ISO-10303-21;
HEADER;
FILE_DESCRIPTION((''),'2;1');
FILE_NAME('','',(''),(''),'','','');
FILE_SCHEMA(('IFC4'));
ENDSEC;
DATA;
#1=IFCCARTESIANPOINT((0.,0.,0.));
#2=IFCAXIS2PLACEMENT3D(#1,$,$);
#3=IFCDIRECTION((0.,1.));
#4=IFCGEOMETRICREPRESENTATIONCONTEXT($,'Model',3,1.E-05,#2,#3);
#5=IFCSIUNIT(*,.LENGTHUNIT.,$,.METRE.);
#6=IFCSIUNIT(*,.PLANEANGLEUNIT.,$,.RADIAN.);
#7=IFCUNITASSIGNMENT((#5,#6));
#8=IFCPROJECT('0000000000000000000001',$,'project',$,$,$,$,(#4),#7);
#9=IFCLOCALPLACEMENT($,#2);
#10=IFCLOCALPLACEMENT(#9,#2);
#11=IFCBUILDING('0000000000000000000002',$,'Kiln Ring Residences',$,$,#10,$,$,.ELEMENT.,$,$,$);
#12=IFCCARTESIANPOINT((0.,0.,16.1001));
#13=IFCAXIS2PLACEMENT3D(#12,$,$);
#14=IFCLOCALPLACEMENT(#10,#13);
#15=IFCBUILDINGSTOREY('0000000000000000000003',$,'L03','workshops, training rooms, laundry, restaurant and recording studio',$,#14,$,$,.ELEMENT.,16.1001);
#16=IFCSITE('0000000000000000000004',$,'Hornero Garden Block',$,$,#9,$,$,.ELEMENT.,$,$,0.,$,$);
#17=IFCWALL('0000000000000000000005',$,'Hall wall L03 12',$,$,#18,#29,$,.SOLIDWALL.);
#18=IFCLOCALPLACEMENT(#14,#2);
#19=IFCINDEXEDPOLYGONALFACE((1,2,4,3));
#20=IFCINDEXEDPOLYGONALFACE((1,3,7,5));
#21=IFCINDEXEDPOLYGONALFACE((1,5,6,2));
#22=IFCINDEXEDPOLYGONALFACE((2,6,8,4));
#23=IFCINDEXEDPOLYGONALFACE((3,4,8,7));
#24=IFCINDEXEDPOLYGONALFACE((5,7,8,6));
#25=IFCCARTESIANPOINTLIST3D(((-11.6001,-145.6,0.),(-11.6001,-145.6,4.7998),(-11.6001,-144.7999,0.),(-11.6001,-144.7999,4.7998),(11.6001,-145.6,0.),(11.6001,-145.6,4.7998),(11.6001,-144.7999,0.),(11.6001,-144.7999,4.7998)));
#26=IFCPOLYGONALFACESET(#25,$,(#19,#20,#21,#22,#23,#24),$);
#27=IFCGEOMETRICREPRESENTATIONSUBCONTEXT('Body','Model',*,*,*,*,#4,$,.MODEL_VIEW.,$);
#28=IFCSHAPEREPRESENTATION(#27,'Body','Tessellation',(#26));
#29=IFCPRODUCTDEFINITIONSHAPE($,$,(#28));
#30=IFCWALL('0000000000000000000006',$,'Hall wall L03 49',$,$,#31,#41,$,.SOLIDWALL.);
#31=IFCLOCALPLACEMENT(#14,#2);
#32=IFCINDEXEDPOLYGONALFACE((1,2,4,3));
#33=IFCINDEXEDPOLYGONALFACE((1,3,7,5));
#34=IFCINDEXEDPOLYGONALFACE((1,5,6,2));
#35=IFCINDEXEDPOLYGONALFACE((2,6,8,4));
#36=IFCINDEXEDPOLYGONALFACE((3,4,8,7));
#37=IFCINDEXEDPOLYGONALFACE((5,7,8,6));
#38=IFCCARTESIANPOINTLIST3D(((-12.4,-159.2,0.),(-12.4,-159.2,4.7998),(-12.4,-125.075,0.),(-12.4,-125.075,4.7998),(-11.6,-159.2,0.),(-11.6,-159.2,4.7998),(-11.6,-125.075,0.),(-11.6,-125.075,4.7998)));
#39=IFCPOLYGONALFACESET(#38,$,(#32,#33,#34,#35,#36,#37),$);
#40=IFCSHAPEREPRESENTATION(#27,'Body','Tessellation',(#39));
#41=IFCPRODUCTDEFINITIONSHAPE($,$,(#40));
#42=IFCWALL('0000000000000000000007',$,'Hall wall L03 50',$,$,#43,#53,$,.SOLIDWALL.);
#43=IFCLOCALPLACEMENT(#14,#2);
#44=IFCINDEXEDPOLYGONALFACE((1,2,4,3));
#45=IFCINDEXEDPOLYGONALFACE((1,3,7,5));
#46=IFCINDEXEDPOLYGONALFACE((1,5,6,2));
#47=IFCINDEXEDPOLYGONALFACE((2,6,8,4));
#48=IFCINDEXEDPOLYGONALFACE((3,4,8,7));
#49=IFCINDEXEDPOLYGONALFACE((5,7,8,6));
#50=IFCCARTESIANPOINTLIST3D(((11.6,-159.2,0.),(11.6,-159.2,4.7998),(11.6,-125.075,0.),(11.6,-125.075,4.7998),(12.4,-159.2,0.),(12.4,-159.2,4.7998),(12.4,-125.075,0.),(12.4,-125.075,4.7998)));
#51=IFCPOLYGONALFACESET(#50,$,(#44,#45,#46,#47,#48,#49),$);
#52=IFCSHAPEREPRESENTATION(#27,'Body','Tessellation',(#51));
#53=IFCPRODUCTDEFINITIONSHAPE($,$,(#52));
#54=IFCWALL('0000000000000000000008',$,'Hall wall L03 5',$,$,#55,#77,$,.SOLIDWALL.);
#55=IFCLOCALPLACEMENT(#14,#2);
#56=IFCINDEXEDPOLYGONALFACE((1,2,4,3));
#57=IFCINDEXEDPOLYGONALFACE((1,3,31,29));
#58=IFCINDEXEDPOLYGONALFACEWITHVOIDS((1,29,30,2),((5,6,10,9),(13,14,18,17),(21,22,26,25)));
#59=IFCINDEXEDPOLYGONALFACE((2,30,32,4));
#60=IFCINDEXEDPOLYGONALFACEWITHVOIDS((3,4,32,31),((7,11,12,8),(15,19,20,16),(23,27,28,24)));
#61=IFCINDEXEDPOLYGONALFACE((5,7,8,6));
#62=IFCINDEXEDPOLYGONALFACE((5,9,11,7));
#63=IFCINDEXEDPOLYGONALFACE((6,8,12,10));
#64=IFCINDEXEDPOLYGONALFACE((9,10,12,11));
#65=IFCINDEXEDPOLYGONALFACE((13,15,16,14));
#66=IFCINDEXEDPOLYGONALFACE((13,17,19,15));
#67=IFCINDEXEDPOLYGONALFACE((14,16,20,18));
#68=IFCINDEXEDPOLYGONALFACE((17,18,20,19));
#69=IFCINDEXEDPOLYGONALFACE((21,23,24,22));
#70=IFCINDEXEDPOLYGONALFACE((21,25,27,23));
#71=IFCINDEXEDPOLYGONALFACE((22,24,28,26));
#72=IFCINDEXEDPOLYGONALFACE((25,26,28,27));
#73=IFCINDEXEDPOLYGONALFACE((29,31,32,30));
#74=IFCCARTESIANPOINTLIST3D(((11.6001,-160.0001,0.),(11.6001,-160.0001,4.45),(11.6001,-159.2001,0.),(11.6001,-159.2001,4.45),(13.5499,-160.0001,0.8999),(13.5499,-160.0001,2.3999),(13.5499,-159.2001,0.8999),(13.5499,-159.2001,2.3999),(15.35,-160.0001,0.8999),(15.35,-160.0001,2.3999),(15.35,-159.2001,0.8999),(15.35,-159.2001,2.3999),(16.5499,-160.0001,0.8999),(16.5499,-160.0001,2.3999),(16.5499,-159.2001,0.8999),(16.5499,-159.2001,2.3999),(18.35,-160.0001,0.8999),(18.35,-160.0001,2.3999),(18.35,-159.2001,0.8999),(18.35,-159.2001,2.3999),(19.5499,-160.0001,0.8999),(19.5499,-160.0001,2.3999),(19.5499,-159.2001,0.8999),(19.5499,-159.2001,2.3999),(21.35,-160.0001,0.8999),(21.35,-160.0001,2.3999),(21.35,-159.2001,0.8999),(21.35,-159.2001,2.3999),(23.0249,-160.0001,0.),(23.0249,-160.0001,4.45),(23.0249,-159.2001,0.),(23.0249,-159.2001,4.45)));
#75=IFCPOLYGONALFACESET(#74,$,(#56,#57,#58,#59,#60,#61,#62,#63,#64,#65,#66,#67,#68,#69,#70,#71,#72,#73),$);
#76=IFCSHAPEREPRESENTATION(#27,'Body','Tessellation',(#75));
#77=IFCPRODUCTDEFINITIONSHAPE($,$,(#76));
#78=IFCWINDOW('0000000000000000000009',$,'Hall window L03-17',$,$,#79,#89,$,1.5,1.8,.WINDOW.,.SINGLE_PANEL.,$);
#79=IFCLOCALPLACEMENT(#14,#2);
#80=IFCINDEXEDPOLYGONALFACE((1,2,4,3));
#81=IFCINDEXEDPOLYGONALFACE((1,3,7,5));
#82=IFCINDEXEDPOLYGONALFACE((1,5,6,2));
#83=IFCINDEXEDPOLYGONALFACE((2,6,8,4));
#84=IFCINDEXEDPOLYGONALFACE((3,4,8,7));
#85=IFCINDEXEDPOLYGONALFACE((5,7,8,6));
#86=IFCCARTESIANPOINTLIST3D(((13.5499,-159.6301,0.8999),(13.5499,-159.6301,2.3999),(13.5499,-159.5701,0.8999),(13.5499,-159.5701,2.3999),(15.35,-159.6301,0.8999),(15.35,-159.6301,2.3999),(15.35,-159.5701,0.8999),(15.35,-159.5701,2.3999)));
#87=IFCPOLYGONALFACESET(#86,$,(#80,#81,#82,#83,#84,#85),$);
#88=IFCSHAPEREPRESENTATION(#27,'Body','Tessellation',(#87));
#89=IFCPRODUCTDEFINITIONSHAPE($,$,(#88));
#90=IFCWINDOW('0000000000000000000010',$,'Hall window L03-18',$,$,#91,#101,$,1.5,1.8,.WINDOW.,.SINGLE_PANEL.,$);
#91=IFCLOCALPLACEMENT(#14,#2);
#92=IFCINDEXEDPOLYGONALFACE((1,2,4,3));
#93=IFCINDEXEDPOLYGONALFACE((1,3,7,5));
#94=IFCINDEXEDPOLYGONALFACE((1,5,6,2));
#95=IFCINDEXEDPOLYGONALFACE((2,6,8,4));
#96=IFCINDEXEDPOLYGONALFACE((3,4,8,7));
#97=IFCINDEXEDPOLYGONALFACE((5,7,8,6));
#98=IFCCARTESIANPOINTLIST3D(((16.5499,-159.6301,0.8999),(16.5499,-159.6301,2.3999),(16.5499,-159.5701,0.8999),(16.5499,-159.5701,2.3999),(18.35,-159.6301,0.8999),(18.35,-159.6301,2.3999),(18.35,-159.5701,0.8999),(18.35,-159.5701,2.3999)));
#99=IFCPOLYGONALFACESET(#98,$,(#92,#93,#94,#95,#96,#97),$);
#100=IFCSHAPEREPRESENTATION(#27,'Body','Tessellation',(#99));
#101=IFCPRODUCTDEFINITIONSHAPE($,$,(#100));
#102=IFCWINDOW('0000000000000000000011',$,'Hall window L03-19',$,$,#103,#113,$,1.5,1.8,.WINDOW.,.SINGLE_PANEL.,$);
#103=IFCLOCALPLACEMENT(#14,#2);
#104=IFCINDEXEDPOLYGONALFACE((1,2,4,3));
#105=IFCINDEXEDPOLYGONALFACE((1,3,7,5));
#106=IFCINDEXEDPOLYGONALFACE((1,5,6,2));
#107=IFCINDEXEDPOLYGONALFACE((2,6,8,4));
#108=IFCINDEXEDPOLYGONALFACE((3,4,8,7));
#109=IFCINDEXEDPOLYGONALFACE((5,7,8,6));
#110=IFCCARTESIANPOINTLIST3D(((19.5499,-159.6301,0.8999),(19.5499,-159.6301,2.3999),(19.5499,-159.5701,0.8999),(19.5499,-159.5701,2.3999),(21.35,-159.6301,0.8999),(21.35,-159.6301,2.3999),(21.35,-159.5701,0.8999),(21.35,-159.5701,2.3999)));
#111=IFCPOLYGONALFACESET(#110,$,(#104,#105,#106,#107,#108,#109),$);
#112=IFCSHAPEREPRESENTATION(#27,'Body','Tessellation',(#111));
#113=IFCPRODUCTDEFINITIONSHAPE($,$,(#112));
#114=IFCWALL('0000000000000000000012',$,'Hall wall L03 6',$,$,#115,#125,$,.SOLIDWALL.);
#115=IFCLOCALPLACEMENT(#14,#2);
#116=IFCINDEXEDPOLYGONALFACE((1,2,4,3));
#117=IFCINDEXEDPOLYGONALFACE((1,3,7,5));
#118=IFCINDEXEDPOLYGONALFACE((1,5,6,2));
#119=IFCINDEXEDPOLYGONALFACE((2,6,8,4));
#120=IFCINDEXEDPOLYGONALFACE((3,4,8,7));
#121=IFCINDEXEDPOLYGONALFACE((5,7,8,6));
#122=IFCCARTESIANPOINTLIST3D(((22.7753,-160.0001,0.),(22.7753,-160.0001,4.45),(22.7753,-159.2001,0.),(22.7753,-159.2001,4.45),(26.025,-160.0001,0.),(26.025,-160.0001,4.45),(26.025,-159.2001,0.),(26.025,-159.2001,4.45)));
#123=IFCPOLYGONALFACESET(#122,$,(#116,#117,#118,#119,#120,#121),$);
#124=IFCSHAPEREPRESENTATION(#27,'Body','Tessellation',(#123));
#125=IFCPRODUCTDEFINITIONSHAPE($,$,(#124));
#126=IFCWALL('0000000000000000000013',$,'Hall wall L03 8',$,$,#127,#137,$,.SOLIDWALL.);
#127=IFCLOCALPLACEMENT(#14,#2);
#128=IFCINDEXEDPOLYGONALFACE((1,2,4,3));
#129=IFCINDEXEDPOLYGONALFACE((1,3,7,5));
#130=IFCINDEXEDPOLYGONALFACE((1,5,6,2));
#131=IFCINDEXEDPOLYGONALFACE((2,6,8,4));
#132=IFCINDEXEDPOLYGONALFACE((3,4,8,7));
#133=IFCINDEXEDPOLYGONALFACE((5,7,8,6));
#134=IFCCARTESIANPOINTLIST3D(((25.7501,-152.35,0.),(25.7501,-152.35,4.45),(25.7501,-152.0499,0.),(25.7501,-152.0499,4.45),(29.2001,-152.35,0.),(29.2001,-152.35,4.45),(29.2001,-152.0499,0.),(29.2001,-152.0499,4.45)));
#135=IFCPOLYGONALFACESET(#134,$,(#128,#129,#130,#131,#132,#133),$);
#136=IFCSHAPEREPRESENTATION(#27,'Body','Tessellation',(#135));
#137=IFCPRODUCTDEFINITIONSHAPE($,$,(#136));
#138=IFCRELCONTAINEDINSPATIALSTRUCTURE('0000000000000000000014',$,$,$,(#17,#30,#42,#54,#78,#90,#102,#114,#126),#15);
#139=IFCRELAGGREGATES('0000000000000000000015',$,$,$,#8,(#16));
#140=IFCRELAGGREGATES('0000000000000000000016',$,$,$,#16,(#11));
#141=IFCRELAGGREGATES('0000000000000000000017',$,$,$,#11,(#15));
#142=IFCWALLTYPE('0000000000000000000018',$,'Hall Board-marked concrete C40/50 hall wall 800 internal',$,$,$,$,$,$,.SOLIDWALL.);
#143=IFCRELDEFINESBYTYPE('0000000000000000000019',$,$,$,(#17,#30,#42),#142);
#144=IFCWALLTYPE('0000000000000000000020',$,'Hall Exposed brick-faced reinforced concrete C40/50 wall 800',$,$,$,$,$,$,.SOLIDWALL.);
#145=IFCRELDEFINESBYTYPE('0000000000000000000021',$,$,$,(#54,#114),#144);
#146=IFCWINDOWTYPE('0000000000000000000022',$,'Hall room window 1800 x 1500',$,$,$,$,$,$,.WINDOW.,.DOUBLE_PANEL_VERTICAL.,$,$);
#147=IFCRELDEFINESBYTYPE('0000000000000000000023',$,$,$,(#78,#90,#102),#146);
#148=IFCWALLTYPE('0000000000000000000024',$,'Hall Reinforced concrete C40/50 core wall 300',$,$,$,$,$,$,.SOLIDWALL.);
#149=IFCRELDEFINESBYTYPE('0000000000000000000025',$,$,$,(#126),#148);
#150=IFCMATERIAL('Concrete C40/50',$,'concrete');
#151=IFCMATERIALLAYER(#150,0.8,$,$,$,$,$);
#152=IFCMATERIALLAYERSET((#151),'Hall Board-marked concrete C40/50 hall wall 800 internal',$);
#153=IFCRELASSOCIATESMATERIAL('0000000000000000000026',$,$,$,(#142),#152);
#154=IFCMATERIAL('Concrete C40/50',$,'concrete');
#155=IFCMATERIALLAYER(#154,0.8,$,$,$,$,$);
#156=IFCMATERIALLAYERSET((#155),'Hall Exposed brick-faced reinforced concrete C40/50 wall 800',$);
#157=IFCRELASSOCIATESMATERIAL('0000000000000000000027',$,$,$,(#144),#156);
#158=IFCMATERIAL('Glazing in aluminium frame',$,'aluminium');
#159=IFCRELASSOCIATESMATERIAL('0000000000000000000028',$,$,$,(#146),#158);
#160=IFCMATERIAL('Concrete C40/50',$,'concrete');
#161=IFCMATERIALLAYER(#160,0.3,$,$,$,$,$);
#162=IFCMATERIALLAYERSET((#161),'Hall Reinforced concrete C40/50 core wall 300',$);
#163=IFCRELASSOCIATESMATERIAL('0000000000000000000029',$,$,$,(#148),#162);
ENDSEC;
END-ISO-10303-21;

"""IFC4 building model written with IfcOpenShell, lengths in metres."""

from ifc_helpers import new_model, si_unit, direction, frame, frame_2d, origin, place, context, subcontext, project, spatial, rectangle, extrude, material, layer, layer_set, type_object, element, fill, save


model = new_model("IFC4")

# Units and contexts
model_context = context("Model", 3, precision=1e-05, world=origin(), true_north=direction((0.0, 1.0)))
body_context = subcontext(model_context, "Body", "Model", "MODEL_VIEW")
ifc_project = project(units=[si_unit("LENGTHUNIT", "METRE"), si_unit("PLANEANGLEUNIT", "RADIAN")], contexts=[model_context])

# Site, building, storey
site_placement = place(None, origin())
site = spatial("IfcSite", under=ifc_project, at=site_placement, Name="Hornero Garden Block", CompositionType="ELEMENT", RefElevation=0.0)
building_placement = place(site_placement, origin())
building = spatial("IfcBuilding", under=site, at=building_placement, Name="Kiln Ring Residences", CompositionType="ELEMENT")
storey_placement = place(building_placement, frame((0.0, 0.0, 16.1001)))
storey = spatial("IfcBuildingStorey", under=building, at=storey_placement, Name="L03", Description="workshops, training rooms, laundry, restaurant and recording studio", CompositionType="ELEMENT", Elevation=16.1001)

# Walls
ifc_material_1 = material(Name="Concrete C40/50", Category="concrete")
ifc_layer_1 = layer(ifc_material_1, 0.8)
ifc_layer_set_1 = layer_set([ifc_layer_1], Name="Hall Board-marked concrete C40/50 hall wall 800 internal")
wall_type_1 = type_object("IfcWallType", Name="Hall Board-marked concrete C40/50 hall wall 800 internal", PredefinedType="SOLIDWALL", material=ifc_layer_set_1)
wall_1_placement = place(storey_placement, frame((-11.6001, -145.2, 0.0), z_axis=(0.0, 0.0, 1.0), x_axis=(1.0, 0.0, 0.0)))
element("IfcWall", 1, at=wall_1_placement, inside=storey, type_object=wall_type_1, Name="Hall wall L03 12", PredefinedType="SOLIDWALL", context=body_context, shape_type="SweptSolid", body=[
    extrude(rectangle(XDim=23.2002, YDim=0.8, at=frame_2d((11.6001, 0.0))), origin(), (0.0, 0.0, 1.0), 4.7998),
])
for number, where, z_axis, x_axis, name in (
    (2, (-12.0, -159.2, 0.0), (0.0, 0.0, 1.0), (0.0, 1.0, 0.0), "Hall wall L03 49"),
    (3, (12.0, -159.2, 0.0), (0.0, 0.0, 1.0), (0.0, 1.0, 0.0), "Hall wall L03 50"),
):
    element("IfcWall", number, at=place(storey_placement, frame(where, z_axis=z_axis, x_axis=x_axis)), inside=storey, type_object=wall_type_1, Name=name, PredefinedType="SOLIDWALL", context=body_context, shape_type="SweptSolid", body=[
        extrude(rectangle(XDim=34.125, YDim=0.8, at=frame_2d((17.0625, 0.0))), origin(), (0.0, 0.0, 1.0), 4.7998),
    ])

# Wall, openings, windows
ifc_material_2 = material(Name="Concrete C40/50", Category="concrete")
ifc_layer_2 = layer(ifc_material_2, 0.8)
ifc_layer_set_2 = layer_set([ifc_layer_2], Name="Hall Exposed brick-faced reinforced concrete C40/50 wall 800")
wall_type_2 = type_object("IfcWallType", Name="Hall Exposed brick-faced reinforced concrete C40/50 wall 800", PredefinedType="SOLIDWALL", material=ifc_layer_set_2)
wall_2_placement = place(storey_placement, frame((11.6001, -159.6001, 0.0), z_axis=(0.0, 0.0, 1.0), x_axis=(1.0, 0.0, 0.0)))
wall_2 = element("IfcWall", 4, at=wall_2_placement, inside=storey, type_object=wall_type_2, Name="Hall wall L03 5", PredefinedType="SOLIDWALL", context=body_context, shape_type="SweptSolid", body=[
    extrude(rectangle(XDim=11.4248, YDim=0.8, at=frame_2d((5.7124, 0.0))), origin(), (0.0, 0.0, 1.0), 4.45),
])
opening_1_placement = place(wall_2_placement, frame((1.95, 0.0, 0.8999)))
opening_1 = element("IfcOpeningElement", 5, at=opening_1_placement, cuts=wall_2, PredefinedType="OPENING", context=body_context, shape_type="SweptSolid", body=[
    extrude(rectangle(XDim=1.8, YDim=1.5, at=frame_2d((0.8999, 0.75))), frame((0.0, 0.4099, 0.0), z_axis=(0.0, -1.0, 0.0), x_axis=(1.0, 0.0, 0.0)), (0.0, 0.0, 1.0), 0.8201),
])
opening_2_placement = place(wall_2_placement, frame((4.95, 0.0, 0.8999)))
opening_2 = element("IfcOpeningElement", 6, at=opening_2_placement, cuts=wall_2, PredefinedType="OPENING", context=body_context, shape_type="SweptSolid", body=[
    extrude(rectangle(XDim=1.8, YDim=1.5, at=frame_2d((0.8999, 0.75))), frame((0.0, 0.4099, 0.0), z_axis=(0.0, -1.0, 0.0), x_axis=(1.0, 0.0, 0.0)), (0.0, 0.0, 1.0), 0.8201),
])
opening_3_placement = place(wall_2_placement, frame((7.95, 0.0, 0.8999)))
opening_3 = element("IfcOpeningElement", 7, at=opening_3_placement, cuts=wall_2, PredefinedType="OPENING", context=body_context, shape_type="SweptSolid", body=[
    extrude(rectangle(XDim=1.8, YDim=1.5, at=frame_2d((0.8999, 0.75))), frame((0.0, 0.4099, 0.0), z_axis=(0.0, -1.0, 0.0), x_axis=(1.0, 0.0, 0.0)), (0.0, 0.0, 1.0), 0.8201),
])
ifc_material_3 = material(Name="Glazing in aluminium frame", Category="aluminium")
window_type = type_object("IfcWindowType", Name="Hall room window 1800 x 1500", PartitioningType="DOUBLE_PANEL_VERTICAL", PredefinedType="WINDOW", material=ifc_material_3)
window_1_placement = place(opening_1_placement, origin())
window_1 = element("IfcWindow", 8, at=window_1_placement, inside=storey, type_object=window_type, Name="Hall window L03-17", OverallHeight=1.5, OverallWidth=1.8, PartitioningType="SINGLE_PANEL", PredefinedType="WINDOW", context=body_context, shape_type="SweptSolid", body=[
    extrude(rectangle(XDim=1.8, YDim=1.5, at=frame_2d((0.8999, 0.75))), frame((0.0, 0.03, 0.0), z_axis=(0.0, -1.0, 0.0), x_axis=(1.0, 0.0, 0.0)), (0.0, 0.0, 1.0), 0.0601),
])
fill(opening_1, window_1)
window_2_placement = place(opening_2_placement, origin())
window_2 = element("IfcWindow", 9, at=window_2_placement, inside=storey, type_object=window_type, Name="Hall window L03-18", OverallHeight=1.5, OverallWidth=1.8, PartitioningType="SINGLE_PANEL", PredefinedType="WINDOW", context=body_context, shape_type="SweptSolid", body=[
    extrude(rectangle(XDim=1.8, YDim=1.5, at=frame_2d((0.8999, 0.75))), frame((0.0, 0.03, 0.0), z_axis=(0.0, -1.0, 0.0), x_axis=(1.0, 0.0, 0.0)), (0.0, 0.0, 1.0), 0.0601),
])
fill(opening_2, window_2)
window_3_placement = place(opening_3_placement, origin())
window_3 = element("IfcWindow", 10, at=window_3_placement, inside=storey, type_object=window_type, Name="Hall window L03-19", OverallHeight=1.5, OverallWidth=1.8, PartitioningType="SINGLE_PANEL", PredefinedType="WINDOW", context=body_context, shape_type="SweptSolid", body=[
    extrude(rectangle(XDim=1.8, YDim=1.5, at=frame_2d((0.8999, 0.75))), frame((0.0, 0.03, 0.0), z_axis=(0.0, -1.0, 0.0), x_axis=(1.0, 0.0, 0.0)), (0.0, 0.0, 1.0), 0.0601),
])
fill(opening_3, window_3)

# Walls
wall_3_placement = place(storey_placement, frame((22.7751, -159.6001, 0.0), z_axis=(0.0, 0.0, 1.0), x_axis=(1.0, 0.0, 0.0)))
element("IfcWall", 11, at=wall_3_placement, inside=storey, type_object=wall_type_2, Name="Hall wall L03 6", PredefinedType="SOLIDWALL", context=body_context, shape_type="SweptSolid", body=[
    extrude(rectangle(XDim=3.2498, YDim=0.8, at=frame_2d((1.625, 0.0))), origin(), (0.0, 0.0, 1.0), 4.45),
])
ifc_material_4 = material(Name="Concrete C40/50", Category="concrete")
ifc_layer_3 = layer(ifc_material_4, 0.3)
ifc_layer_set_3 = layer_set([ifc_layer_3], Name="Hall Reinforced concrete C40/50 core wall 300")
wall_type_3 = type_object("IfcWallType", Name="Hall Reinforced concrete C40/50 core wall 300", PredefinedType="SOLIDWALL", material=ifc_layer_set_3)
wall_4_placement = place(storey_placement, frame((25.75, -152.2, 0.0), z_axis=(0.0, 0.0, 1.0), x_axis=(1.0, 0.0, 0.0)))
element("IfcWall", 12, at=wall_4_placement, inside=storey, type_object=wall_type_3, Name="Hall wall L03 8", PredefinedType="SOLIDWALL", context=body_context, shape_type="SweptSolid", body=[
    extrude(rectangle(XDim=3.45, YDim=0.3, at=frame_2d((1.7251, 0.0))), origin(), (0.0, 0.0, 1.0), 4.45),
])

save(model, "model.ifc")
